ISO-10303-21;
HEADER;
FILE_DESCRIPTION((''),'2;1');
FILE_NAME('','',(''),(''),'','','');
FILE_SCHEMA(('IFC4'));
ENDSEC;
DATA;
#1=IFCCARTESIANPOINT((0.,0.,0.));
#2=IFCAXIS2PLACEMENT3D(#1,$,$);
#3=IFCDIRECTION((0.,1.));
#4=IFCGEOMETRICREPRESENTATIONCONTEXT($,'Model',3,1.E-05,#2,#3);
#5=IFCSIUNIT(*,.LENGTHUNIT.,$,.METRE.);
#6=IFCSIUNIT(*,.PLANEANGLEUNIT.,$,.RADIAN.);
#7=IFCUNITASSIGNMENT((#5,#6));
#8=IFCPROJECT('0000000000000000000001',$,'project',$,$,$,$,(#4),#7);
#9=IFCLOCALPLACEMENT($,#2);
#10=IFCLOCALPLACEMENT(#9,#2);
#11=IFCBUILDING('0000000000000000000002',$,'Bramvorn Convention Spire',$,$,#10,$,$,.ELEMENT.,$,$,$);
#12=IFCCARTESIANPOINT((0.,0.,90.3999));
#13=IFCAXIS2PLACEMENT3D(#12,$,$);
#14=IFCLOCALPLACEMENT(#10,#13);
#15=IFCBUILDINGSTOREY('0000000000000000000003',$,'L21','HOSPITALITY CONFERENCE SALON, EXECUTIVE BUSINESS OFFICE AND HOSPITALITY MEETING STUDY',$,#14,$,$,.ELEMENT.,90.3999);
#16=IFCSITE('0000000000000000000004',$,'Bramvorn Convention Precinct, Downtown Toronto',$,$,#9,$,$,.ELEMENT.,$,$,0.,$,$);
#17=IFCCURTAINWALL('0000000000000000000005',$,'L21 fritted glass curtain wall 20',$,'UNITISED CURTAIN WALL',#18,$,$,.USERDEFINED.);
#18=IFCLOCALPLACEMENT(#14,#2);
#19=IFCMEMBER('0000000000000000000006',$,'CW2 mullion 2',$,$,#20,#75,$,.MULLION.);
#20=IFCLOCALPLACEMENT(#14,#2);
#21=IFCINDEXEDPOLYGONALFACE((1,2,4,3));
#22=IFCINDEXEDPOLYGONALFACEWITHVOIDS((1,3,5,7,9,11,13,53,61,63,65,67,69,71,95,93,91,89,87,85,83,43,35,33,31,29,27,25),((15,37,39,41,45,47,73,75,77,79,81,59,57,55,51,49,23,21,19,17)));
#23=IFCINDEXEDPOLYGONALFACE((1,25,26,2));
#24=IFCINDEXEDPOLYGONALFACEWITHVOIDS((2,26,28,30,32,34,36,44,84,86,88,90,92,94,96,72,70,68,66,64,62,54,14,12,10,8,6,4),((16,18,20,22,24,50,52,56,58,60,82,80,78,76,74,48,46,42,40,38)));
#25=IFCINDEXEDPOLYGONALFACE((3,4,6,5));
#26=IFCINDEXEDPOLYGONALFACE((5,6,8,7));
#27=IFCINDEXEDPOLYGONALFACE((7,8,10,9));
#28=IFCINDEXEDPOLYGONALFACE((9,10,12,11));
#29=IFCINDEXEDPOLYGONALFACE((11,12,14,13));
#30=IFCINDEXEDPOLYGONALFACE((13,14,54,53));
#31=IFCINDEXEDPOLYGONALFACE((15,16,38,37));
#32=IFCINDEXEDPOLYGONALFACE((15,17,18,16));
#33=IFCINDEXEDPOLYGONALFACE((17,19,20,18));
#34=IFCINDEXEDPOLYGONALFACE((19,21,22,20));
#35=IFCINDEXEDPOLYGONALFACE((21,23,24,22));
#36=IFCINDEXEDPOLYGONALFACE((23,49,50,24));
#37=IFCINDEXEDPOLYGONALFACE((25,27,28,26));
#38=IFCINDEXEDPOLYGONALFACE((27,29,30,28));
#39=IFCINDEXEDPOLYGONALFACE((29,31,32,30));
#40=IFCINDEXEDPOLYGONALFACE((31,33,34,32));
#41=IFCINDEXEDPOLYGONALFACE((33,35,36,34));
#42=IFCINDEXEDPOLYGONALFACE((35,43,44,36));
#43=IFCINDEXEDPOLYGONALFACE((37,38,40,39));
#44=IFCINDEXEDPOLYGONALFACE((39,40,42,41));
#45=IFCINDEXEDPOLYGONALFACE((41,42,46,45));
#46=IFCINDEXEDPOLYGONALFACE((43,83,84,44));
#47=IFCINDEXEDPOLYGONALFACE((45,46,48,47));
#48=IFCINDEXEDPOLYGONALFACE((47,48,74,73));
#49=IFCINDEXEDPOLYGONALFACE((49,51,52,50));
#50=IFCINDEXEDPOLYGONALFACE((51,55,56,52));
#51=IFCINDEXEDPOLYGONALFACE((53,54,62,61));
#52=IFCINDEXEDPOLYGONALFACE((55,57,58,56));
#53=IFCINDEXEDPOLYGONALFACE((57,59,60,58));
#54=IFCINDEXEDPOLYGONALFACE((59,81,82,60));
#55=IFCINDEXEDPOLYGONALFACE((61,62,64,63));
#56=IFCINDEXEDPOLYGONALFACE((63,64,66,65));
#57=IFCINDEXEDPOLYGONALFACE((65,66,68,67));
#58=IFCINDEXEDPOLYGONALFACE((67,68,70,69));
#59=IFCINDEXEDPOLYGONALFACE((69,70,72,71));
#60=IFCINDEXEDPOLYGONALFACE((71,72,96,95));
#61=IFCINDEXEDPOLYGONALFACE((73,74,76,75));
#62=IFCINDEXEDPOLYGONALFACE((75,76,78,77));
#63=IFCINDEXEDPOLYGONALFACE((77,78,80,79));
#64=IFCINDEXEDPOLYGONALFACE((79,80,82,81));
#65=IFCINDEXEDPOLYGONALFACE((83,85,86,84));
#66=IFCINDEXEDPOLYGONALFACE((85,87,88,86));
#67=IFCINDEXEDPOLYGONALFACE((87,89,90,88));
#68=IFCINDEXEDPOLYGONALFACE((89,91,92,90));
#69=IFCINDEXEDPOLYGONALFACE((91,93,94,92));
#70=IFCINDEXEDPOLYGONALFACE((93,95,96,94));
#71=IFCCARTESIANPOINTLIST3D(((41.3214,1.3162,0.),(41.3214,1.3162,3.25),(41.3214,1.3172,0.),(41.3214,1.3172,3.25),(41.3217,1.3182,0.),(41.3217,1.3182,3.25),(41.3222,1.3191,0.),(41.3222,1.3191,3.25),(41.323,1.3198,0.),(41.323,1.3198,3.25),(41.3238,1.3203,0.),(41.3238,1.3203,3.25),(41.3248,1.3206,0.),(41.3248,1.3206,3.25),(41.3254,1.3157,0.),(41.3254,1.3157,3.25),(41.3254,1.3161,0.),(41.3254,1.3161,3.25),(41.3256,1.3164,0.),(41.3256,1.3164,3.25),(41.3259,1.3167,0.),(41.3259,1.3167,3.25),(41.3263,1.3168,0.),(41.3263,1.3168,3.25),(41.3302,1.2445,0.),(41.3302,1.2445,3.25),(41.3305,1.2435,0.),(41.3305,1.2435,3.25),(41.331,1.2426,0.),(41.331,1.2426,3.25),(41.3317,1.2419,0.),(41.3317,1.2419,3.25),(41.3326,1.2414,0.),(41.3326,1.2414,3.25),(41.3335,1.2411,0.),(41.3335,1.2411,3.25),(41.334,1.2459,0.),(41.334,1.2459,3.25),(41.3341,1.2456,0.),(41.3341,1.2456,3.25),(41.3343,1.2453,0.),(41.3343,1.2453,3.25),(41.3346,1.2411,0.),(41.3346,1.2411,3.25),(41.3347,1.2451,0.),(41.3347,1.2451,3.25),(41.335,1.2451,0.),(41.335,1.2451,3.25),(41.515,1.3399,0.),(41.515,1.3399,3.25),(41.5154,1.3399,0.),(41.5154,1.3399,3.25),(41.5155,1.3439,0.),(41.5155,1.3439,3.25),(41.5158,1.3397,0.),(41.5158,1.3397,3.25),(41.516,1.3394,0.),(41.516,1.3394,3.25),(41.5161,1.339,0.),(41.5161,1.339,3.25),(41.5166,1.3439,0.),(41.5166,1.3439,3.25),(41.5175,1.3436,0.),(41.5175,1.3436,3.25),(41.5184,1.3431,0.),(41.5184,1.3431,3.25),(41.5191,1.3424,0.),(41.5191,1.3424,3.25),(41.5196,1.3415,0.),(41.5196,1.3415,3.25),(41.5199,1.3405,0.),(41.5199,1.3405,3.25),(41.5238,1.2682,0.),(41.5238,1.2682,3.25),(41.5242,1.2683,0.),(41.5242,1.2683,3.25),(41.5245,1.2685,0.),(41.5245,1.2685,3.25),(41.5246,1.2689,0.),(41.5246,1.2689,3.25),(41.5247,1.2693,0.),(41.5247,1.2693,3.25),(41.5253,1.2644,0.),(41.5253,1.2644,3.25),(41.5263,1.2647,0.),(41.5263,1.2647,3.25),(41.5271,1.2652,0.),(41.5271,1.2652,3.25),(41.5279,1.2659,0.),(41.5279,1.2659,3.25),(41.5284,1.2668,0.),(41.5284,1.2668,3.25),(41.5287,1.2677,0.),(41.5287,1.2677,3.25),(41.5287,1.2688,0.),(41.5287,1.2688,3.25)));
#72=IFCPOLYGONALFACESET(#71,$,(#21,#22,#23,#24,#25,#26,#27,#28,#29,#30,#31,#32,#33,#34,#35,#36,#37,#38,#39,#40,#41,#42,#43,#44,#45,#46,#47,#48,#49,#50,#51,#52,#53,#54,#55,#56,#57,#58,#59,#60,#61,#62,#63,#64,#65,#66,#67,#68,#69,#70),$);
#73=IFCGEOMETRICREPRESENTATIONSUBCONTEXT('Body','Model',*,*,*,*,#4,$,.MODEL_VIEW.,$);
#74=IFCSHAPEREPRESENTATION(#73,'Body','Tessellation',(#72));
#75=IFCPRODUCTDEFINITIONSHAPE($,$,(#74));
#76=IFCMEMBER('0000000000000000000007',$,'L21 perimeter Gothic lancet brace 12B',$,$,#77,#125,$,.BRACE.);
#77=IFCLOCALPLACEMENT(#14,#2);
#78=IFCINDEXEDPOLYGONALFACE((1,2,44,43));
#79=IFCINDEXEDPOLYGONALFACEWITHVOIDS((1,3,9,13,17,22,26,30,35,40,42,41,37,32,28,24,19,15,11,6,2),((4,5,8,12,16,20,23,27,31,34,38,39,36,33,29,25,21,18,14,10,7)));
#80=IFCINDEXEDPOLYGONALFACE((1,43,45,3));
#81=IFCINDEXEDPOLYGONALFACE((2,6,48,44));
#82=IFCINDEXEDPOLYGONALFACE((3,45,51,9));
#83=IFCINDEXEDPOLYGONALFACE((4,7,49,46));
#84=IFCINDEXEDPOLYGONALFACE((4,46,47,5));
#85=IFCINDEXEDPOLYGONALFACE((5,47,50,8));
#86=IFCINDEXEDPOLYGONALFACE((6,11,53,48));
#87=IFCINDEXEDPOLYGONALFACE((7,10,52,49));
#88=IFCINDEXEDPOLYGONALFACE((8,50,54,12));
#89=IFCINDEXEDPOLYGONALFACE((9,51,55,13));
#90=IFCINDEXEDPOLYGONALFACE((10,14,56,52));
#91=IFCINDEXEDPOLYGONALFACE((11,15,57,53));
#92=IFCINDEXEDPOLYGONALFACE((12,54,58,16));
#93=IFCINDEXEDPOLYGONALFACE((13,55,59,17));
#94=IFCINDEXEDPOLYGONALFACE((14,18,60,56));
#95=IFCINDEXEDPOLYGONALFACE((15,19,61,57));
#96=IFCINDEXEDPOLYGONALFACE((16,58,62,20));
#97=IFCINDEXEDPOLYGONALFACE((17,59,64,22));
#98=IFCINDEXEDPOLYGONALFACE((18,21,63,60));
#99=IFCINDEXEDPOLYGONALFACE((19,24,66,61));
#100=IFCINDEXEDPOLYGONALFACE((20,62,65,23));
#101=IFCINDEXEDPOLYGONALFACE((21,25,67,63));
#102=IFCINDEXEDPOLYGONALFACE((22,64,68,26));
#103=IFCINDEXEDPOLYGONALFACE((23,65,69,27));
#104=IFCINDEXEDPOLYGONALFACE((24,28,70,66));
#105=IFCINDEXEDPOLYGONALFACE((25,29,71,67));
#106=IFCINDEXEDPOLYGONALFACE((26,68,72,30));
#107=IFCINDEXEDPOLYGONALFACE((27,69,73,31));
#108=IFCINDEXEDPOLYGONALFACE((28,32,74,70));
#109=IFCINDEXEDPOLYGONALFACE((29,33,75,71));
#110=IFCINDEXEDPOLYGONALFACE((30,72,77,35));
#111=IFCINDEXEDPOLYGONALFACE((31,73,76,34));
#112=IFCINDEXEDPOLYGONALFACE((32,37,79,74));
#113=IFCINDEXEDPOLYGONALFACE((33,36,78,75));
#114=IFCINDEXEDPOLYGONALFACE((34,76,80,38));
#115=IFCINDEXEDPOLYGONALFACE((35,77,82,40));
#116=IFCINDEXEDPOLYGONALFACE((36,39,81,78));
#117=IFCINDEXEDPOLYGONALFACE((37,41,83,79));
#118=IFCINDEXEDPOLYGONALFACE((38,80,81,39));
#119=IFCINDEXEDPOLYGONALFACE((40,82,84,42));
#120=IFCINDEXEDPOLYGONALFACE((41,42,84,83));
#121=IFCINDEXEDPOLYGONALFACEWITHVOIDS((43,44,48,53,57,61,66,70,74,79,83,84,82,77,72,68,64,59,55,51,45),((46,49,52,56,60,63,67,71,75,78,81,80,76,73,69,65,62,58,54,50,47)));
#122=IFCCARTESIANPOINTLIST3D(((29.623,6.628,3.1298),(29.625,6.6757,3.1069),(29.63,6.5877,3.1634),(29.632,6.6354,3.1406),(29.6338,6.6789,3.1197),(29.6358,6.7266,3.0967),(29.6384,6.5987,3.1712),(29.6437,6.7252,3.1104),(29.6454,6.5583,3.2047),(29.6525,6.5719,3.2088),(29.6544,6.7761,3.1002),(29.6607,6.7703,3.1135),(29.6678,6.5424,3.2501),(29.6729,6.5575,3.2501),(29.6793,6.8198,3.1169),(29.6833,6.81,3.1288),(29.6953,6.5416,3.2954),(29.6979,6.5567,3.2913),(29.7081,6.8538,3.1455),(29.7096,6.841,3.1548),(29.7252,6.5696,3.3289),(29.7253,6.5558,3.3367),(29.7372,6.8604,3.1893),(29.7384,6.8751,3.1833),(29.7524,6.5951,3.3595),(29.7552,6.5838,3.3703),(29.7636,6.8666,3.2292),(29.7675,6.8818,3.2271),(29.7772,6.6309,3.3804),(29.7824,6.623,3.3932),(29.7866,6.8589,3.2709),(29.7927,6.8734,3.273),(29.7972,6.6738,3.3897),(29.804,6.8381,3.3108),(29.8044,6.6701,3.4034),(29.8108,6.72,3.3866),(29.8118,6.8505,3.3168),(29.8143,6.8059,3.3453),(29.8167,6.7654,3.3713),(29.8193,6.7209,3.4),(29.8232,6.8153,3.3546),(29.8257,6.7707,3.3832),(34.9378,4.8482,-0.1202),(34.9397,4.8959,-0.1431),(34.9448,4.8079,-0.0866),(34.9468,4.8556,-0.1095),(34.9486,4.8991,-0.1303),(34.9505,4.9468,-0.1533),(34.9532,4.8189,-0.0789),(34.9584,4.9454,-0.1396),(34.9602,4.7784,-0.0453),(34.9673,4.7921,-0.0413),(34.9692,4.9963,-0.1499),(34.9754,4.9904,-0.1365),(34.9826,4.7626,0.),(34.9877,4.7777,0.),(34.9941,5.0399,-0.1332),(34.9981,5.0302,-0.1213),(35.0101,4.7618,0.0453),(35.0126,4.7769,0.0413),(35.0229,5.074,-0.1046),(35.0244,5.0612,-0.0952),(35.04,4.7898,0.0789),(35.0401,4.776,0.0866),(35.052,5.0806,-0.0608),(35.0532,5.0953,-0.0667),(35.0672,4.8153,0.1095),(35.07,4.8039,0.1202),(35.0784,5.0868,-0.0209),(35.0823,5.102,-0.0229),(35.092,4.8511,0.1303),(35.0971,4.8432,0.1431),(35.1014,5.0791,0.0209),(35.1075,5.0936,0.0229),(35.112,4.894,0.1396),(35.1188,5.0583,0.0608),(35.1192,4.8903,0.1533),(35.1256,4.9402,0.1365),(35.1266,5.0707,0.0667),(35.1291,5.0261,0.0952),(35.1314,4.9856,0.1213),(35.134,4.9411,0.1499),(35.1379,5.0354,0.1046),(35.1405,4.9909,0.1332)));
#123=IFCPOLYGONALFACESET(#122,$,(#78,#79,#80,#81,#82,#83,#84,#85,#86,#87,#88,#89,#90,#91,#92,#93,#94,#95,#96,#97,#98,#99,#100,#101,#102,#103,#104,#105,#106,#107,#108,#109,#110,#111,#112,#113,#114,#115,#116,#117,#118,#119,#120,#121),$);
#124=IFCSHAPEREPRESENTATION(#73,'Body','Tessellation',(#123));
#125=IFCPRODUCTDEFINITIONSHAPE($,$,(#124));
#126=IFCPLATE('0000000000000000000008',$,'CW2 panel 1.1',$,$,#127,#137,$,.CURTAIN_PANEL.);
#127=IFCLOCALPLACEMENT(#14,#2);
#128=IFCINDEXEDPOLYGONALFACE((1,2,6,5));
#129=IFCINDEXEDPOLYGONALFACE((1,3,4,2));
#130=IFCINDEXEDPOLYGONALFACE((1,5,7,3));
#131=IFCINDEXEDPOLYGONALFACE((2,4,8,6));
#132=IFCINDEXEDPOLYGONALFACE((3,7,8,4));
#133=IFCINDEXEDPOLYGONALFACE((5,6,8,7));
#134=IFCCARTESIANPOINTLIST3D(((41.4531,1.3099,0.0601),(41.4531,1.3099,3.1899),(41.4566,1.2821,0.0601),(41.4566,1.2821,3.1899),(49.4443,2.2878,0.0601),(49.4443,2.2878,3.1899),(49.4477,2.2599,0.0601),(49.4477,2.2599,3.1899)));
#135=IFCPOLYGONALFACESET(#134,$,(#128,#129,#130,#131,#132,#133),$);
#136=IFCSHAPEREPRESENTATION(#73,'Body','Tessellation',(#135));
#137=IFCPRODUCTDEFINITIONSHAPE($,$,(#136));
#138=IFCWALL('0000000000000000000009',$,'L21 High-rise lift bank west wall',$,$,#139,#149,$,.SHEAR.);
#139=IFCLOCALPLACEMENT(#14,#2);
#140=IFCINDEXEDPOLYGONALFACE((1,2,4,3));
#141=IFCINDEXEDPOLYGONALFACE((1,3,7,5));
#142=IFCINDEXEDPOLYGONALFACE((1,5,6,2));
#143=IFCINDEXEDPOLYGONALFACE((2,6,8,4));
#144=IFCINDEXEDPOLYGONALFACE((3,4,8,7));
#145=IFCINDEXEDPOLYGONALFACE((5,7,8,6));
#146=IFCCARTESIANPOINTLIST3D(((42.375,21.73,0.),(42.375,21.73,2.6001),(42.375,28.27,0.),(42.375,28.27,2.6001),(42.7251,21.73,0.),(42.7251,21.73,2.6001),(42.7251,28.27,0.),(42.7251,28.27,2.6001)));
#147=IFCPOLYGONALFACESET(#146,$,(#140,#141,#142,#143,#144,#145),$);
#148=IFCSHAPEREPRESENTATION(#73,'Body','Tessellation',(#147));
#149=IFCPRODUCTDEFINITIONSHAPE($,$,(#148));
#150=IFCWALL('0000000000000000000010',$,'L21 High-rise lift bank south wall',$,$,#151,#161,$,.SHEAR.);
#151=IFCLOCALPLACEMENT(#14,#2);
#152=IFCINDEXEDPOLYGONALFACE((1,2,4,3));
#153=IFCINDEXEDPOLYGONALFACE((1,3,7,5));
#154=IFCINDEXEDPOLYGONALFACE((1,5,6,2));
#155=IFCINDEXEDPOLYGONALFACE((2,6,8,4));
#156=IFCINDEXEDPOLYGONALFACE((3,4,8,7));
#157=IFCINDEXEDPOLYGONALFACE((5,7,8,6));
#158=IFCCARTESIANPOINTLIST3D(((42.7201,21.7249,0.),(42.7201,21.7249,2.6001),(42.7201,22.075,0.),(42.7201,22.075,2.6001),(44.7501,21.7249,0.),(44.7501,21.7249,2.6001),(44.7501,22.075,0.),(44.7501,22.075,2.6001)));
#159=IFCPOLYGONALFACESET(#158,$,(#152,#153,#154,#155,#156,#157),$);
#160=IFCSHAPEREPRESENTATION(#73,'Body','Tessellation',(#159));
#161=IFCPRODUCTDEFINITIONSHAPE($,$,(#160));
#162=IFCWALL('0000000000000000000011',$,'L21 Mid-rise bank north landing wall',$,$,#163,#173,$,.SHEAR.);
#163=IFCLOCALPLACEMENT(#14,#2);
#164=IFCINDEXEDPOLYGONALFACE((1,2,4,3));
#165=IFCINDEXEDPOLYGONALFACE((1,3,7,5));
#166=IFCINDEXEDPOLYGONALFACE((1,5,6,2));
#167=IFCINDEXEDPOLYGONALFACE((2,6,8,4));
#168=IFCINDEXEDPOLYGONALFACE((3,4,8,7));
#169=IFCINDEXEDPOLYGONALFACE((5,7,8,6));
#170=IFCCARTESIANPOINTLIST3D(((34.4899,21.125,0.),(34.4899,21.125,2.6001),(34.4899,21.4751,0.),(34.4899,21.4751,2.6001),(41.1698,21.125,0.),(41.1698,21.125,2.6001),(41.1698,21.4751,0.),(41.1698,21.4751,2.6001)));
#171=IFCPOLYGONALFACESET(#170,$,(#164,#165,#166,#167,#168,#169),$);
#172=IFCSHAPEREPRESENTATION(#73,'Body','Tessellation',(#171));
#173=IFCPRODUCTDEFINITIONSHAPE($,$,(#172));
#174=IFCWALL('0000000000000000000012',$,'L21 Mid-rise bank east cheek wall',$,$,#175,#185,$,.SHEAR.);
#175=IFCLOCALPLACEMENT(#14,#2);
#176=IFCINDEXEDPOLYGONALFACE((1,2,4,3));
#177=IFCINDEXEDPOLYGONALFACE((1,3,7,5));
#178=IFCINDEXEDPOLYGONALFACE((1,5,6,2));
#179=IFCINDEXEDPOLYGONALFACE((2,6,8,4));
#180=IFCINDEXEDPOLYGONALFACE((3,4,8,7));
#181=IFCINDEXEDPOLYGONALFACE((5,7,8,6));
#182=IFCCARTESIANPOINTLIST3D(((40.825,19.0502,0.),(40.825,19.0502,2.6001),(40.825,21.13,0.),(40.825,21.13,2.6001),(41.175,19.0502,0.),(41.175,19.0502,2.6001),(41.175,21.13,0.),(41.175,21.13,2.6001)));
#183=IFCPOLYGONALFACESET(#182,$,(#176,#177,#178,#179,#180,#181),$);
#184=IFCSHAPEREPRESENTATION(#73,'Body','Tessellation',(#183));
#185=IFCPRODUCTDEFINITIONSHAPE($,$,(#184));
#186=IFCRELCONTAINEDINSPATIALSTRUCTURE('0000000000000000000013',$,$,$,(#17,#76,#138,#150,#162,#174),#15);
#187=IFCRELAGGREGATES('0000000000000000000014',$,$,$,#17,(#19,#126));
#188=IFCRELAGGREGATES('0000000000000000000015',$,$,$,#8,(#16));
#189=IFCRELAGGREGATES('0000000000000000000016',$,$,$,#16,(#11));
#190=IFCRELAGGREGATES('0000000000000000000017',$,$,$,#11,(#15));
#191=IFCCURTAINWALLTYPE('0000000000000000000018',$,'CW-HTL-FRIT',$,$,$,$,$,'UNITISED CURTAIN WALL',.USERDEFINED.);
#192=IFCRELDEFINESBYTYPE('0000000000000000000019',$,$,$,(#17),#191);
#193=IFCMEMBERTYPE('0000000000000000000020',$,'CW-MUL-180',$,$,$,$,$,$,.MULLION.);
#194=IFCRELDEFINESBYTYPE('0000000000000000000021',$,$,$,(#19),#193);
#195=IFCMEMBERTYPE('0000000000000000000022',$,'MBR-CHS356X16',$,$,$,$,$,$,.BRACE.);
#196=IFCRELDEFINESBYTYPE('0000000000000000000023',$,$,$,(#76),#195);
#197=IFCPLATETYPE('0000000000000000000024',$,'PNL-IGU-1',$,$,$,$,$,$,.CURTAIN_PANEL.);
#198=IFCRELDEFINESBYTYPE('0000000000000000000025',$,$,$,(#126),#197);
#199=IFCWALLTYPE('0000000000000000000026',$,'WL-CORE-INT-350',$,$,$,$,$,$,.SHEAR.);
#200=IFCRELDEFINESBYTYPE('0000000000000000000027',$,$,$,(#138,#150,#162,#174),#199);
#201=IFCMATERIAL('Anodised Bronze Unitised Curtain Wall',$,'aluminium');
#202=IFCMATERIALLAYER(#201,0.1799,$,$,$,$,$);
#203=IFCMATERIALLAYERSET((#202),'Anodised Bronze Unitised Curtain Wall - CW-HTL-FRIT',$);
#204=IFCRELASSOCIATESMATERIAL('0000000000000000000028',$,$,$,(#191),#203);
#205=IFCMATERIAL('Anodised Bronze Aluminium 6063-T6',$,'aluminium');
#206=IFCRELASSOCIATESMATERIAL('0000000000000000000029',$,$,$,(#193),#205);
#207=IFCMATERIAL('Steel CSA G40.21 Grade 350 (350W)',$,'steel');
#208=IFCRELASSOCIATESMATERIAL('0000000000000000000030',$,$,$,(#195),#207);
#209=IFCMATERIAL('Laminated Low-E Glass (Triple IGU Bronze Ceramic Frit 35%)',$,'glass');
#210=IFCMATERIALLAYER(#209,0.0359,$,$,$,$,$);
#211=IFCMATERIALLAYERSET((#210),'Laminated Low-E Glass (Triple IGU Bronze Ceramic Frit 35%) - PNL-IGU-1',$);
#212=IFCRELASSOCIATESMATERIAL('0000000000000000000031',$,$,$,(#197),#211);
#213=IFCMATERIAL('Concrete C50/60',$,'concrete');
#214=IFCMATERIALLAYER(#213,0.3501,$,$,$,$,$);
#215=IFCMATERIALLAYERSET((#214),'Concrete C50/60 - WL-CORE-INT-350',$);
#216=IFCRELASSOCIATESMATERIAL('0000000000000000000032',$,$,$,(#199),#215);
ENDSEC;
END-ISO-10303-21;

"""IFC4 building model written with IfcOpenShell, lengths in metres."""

from ifc_helpers import new_model, si_unit, direction, frame, frame_2d, origin, origin_2d, place, context, subcontext, project, spatial, rectangle, hollow_rectangle, hollow_circle, extrude, material, layer, layer_set, material_profile, profile_set, type_object, element, aggregate, save


model = new_model("IFC4")

# Units and contexts
model_context = context("Model", 3, precision=1e-05, world=origin(), true_north=direction((0.0, 1.0)))
body_context = subcontext(model_context, "Body", "Model", "MODEL_VIEW")
ifc_project = project(units=[si_unit("LENGTHUNIT", "METRE"), si_unit("PLANEANGLEUNIT", "RADIAN")], contexts=[model_context])

# Site, building, storey
site_placement = place(None, origin())
site = spatial("IfcSite", under=ifc_project, at=site_placement, Name="Bramvorn Convention Precinct, Downtown Toronto", CompositionType="ELEMENT", RefElevation=0.0)
building_placement = place(site_placement, origin())
building = spatial("IfcBuilding", under=site, at=building_placement, Name="Bramvorn Convention Spire", CompositionType="ELEMENT")
storey_placement = place(building_placement, frame((0.0, 0.0, 90.3999)))
storey = spatial("IfcBuildingStorey", under=building, at=storey_placement, Name="L21", Description="HOSPITALITY CONFERENCE SALON, EXECUTIVE BUSINESS OFFICE AND HOSPITALITY MEETING STUDY", CompositionType="ELEMENT", Elevation=90.3999)

# Shared definitions
ifc_material_1 = material(Name="Steel CSA G40.21 Grade 350 (350W)", Category="steel")

# Curtain wall, member
ifc_material_2 = material(Name="Anodised Bronze Unitised Curtain Wall", Category="aluminium")
ifc_layer_1 = layer(ifc_material_2, 0.1799)
ifc_layer_set_1 = layer_set([ifc_layer_1], Name="Anodised Bronze Unitised Curtain Wall - CW-HTL-FRIT")
curtain_wall_type = type_object("IfcCurtainWallType", Name="CW-HTL-FRIT", ElementType="UNITISED CURTAIN WALL", PredefinedType="USERDEFINED", material=ifc_layer_set_1)
curtain_wall_placement = place(storey_placement, origin())
curtain_wall = element("IfcCurtainWall", 1, at=curtain_wall_placement, inside=storey, type_object=curtain_wall_type, Name="L21 fritted glass curtain wall 20", ObjectType="UNITISED CURTAIN WALL", PredefinedType="USERDEFINED")
ifc_material_3 = material(Name="Anodised Bronze Aluminium 6063-T6", Category="aluminium")
ifc_material_profile_1 = material_profile(ifc_material_3, hollow_rectangle(XDim=0.0801, YDim=0.2, WallThickness=0.0039, InnerFilletRadius=0.001, OuterFilletRadius=0.0039, at=origin_2d()))
ifc_profile_set_1 = profile_set([ifc_material_profile_1], Name="Anodised Bronze Aluminium 6063-T6 - CWM80X200")
member_type_1 = type_object("IfcMemberType", Name="CW-MUL-180", PredefinedType="MULLION", material=ifc_profile_set_1)
member_1_placement = place(storey_placement, frame((41.425, 1.2925, 0.0), z_axis=(0.0, 0.0, 1.0), x_axis=(0.121457, -0.992597, 0.0)))
member_1 = element("IfcMember", 2, at=member_1_placement, type_object=member_type_1, Name="CW2 mullion 2", PredefinedType="MULLION", context=body_context, shape_type="SweptSolid", body=[
    extrude(hollow_rectangle(XDim=0.0801, YDim=0.2, WallThickness=0.0039, InnerFilletRadius=0.001, OuterFilletRadius=0.0039, at=origin_2d()), origin(), (0.0, 0.0, 1.0), 3.25),
])

# Member
ifc_material_profile_2 = material_profile(ifc_material_1, hollow_circle(Radius=0.1777, WallThickness=0.0159, at=origin_2d()))
ifc_profile_set_2 = profile_set([ifc_material_profile_2], Name="Steel CSA G40.21 Grade 350 (350W) - CHS356X16")
member_type_2 = type_object("IfcMemberType", Name="MBR-CHS356X16", PredefinedType="BRACE", material=ifc_profile_set_2)
member_2_placement = place(storey_placement, frame((35.0391, 4.9312, 0.0), z_axis=(-0.820309, 0.274705, 0.501628), x_axis=(-0.317547, -0.948242, 0.0)))
element("IfcMember", 3, at=member_2_placement, inside=storey, type_object=member_type_2, Name="L21 perimeter Gothic lancet brace 12B", PredefinedType="BRACE", context=body_context, shape_type="SweptSolid", body=[
    extrude(hollow_circle(Radius=0.1777, WallThickness=0.0159, at=origin_2d()), origin(), (0.0, 0.0, 1.0), 6.479),
])

# Plate
ifc_material_4 = material(Name="Laminated Low-E Glass (Triple IGU Bronze Ceramic Frit 35%)", Category="glass")
ifc_layer_2 = layer(ifc_material_4, 0.0359)
ifc_layer_set_2 = layer_set([ifc_layer_2], Name="Laminated Low-E Glass (Triple IGU Bronze Ceramic Frit 35%) - PNL-IGU-1")
plate_type = type_object("IfcPlateType", Name="PNL-IGU-1", PredefinedType="CURTAIN_PANEL", material=ifc_layer_set_2)
plate_placement = place(storey_placement, frame((45.4504, 1.7849, 0.0601), z_axis=(0.0, 0.0, 1.0), x_axis=(-0.992597, -0.121457, 0.0)))
plate = element("IfcPlate", 4, at=plate_placement, type_object=plate_type, Name="CW2 panel 1.1", PredefinedType="CURTAIN_PANEL", context=body_context, shape_type="SweptSolid", body=[
    extrude(rectangle(XDim=8.0508, YDim=0.0281, at=origin_2d()), origin(), (0.0, 0.0, 1.0), 3.1299),
])
aggregate(curtain_wall, [member_1, plate])

# Walls
ifc_material_5 = material(Name="Concrete C50/60", Category="concrete")
ifc_layer_3 = layer(ifc_material_5, 0.3501)
ifc_layer_set_3 = layer_set([ifc_layer_3], Name="Concrete C50/60 - WL-CORE-INT-350")
wall_type_1 = type_object("IfcWallType", Name="WL-CORE-INT-350", PredefinedType="SHEAR", material=ifc_layer_set_3)
wall_1_placement = place(storey_placement, frame((42.55, 21.73, 0.0), z_axis=(0.0, 0.0, 1.0), x_axis=(0.0, 1.0, 0.0)))
element("IfcWall", 5, at=wall_1_placement, inside=storey, type_object=wall_type_1, Name="L21 High-rise lift bank west wall", PredefinedType="SHEAR", context=body_context, shape_type="SweptSolid", body=[
    extrude(rectangle(XDim=6.54, YDim=0.3501, at=frame_2d((3.27, 0.0))), origin(), (0.0, 0.0, 1.0), 2.6001),
])
wall_2_placement = place(storey_placement, frame((42.72, 21.8999, 0.0), z_axis=(0.0, 0.0, 1.0), x_axis=(1.0, 0.0, 0.0)))
element("IfcWall", 6, at=wall_2_placement, inside=storey, type_object=wall_type_1, Name="L21 High-rise lift bank south wall", PredefinedType="SHEAR", context=body_context, shape_type="SweptSolid", body=[
    extrude(rectangle(XDim=2.03, YDim=0.3501, at=frame_2d((1.0151, 0.0))), origin(), (0.0, 0.0, 1.0), 2.6001),
])
wall_3_placement = place(storey_placement, frame((34.49, 21.3, 0.0), z_axis=(0.0, 0.0, 1.0), x_axis=(1.0, 0.0, 0.0)))
element("IfcWall", 7, at=wall_3_placement, inside=storey, type_object=wall_type_1, Name="L21 Mid-rise bank north landing wall", PredefinedType="SHEAR", context=body_context, shape_type="SweptSolid", body=[
    extrude(rectangle(XDim=6.6799, YDim=0.3501, at=frame_2d((3.3398, 0.0))), origin(), (0.0, 0.0, 1.0), 2.6001),
])
wall_4_placement = place(storey_placement, frame((41.0, 19.05, 0.0), z_axis=(0.0, 0.0, 1.0), x_axis=(0.0, 1.0, 0.0)))
element("IfcWall", 8, at=wall_4_placement, inside=storey, type_object=wall_type_1, Name="L21 Mid-rise bank east cheek wall", PredefinedType="SHEAR", context=body_context, shape_type="SweptSolid", body=[
    extrude(rectangle(XDim=2.0798, YDim=0.3501, at=frame_2d((1.04, 0.0))), origin(), (0.0, 0.0, 1.0), 2.6001),
])

save(model, "model.ifc")
